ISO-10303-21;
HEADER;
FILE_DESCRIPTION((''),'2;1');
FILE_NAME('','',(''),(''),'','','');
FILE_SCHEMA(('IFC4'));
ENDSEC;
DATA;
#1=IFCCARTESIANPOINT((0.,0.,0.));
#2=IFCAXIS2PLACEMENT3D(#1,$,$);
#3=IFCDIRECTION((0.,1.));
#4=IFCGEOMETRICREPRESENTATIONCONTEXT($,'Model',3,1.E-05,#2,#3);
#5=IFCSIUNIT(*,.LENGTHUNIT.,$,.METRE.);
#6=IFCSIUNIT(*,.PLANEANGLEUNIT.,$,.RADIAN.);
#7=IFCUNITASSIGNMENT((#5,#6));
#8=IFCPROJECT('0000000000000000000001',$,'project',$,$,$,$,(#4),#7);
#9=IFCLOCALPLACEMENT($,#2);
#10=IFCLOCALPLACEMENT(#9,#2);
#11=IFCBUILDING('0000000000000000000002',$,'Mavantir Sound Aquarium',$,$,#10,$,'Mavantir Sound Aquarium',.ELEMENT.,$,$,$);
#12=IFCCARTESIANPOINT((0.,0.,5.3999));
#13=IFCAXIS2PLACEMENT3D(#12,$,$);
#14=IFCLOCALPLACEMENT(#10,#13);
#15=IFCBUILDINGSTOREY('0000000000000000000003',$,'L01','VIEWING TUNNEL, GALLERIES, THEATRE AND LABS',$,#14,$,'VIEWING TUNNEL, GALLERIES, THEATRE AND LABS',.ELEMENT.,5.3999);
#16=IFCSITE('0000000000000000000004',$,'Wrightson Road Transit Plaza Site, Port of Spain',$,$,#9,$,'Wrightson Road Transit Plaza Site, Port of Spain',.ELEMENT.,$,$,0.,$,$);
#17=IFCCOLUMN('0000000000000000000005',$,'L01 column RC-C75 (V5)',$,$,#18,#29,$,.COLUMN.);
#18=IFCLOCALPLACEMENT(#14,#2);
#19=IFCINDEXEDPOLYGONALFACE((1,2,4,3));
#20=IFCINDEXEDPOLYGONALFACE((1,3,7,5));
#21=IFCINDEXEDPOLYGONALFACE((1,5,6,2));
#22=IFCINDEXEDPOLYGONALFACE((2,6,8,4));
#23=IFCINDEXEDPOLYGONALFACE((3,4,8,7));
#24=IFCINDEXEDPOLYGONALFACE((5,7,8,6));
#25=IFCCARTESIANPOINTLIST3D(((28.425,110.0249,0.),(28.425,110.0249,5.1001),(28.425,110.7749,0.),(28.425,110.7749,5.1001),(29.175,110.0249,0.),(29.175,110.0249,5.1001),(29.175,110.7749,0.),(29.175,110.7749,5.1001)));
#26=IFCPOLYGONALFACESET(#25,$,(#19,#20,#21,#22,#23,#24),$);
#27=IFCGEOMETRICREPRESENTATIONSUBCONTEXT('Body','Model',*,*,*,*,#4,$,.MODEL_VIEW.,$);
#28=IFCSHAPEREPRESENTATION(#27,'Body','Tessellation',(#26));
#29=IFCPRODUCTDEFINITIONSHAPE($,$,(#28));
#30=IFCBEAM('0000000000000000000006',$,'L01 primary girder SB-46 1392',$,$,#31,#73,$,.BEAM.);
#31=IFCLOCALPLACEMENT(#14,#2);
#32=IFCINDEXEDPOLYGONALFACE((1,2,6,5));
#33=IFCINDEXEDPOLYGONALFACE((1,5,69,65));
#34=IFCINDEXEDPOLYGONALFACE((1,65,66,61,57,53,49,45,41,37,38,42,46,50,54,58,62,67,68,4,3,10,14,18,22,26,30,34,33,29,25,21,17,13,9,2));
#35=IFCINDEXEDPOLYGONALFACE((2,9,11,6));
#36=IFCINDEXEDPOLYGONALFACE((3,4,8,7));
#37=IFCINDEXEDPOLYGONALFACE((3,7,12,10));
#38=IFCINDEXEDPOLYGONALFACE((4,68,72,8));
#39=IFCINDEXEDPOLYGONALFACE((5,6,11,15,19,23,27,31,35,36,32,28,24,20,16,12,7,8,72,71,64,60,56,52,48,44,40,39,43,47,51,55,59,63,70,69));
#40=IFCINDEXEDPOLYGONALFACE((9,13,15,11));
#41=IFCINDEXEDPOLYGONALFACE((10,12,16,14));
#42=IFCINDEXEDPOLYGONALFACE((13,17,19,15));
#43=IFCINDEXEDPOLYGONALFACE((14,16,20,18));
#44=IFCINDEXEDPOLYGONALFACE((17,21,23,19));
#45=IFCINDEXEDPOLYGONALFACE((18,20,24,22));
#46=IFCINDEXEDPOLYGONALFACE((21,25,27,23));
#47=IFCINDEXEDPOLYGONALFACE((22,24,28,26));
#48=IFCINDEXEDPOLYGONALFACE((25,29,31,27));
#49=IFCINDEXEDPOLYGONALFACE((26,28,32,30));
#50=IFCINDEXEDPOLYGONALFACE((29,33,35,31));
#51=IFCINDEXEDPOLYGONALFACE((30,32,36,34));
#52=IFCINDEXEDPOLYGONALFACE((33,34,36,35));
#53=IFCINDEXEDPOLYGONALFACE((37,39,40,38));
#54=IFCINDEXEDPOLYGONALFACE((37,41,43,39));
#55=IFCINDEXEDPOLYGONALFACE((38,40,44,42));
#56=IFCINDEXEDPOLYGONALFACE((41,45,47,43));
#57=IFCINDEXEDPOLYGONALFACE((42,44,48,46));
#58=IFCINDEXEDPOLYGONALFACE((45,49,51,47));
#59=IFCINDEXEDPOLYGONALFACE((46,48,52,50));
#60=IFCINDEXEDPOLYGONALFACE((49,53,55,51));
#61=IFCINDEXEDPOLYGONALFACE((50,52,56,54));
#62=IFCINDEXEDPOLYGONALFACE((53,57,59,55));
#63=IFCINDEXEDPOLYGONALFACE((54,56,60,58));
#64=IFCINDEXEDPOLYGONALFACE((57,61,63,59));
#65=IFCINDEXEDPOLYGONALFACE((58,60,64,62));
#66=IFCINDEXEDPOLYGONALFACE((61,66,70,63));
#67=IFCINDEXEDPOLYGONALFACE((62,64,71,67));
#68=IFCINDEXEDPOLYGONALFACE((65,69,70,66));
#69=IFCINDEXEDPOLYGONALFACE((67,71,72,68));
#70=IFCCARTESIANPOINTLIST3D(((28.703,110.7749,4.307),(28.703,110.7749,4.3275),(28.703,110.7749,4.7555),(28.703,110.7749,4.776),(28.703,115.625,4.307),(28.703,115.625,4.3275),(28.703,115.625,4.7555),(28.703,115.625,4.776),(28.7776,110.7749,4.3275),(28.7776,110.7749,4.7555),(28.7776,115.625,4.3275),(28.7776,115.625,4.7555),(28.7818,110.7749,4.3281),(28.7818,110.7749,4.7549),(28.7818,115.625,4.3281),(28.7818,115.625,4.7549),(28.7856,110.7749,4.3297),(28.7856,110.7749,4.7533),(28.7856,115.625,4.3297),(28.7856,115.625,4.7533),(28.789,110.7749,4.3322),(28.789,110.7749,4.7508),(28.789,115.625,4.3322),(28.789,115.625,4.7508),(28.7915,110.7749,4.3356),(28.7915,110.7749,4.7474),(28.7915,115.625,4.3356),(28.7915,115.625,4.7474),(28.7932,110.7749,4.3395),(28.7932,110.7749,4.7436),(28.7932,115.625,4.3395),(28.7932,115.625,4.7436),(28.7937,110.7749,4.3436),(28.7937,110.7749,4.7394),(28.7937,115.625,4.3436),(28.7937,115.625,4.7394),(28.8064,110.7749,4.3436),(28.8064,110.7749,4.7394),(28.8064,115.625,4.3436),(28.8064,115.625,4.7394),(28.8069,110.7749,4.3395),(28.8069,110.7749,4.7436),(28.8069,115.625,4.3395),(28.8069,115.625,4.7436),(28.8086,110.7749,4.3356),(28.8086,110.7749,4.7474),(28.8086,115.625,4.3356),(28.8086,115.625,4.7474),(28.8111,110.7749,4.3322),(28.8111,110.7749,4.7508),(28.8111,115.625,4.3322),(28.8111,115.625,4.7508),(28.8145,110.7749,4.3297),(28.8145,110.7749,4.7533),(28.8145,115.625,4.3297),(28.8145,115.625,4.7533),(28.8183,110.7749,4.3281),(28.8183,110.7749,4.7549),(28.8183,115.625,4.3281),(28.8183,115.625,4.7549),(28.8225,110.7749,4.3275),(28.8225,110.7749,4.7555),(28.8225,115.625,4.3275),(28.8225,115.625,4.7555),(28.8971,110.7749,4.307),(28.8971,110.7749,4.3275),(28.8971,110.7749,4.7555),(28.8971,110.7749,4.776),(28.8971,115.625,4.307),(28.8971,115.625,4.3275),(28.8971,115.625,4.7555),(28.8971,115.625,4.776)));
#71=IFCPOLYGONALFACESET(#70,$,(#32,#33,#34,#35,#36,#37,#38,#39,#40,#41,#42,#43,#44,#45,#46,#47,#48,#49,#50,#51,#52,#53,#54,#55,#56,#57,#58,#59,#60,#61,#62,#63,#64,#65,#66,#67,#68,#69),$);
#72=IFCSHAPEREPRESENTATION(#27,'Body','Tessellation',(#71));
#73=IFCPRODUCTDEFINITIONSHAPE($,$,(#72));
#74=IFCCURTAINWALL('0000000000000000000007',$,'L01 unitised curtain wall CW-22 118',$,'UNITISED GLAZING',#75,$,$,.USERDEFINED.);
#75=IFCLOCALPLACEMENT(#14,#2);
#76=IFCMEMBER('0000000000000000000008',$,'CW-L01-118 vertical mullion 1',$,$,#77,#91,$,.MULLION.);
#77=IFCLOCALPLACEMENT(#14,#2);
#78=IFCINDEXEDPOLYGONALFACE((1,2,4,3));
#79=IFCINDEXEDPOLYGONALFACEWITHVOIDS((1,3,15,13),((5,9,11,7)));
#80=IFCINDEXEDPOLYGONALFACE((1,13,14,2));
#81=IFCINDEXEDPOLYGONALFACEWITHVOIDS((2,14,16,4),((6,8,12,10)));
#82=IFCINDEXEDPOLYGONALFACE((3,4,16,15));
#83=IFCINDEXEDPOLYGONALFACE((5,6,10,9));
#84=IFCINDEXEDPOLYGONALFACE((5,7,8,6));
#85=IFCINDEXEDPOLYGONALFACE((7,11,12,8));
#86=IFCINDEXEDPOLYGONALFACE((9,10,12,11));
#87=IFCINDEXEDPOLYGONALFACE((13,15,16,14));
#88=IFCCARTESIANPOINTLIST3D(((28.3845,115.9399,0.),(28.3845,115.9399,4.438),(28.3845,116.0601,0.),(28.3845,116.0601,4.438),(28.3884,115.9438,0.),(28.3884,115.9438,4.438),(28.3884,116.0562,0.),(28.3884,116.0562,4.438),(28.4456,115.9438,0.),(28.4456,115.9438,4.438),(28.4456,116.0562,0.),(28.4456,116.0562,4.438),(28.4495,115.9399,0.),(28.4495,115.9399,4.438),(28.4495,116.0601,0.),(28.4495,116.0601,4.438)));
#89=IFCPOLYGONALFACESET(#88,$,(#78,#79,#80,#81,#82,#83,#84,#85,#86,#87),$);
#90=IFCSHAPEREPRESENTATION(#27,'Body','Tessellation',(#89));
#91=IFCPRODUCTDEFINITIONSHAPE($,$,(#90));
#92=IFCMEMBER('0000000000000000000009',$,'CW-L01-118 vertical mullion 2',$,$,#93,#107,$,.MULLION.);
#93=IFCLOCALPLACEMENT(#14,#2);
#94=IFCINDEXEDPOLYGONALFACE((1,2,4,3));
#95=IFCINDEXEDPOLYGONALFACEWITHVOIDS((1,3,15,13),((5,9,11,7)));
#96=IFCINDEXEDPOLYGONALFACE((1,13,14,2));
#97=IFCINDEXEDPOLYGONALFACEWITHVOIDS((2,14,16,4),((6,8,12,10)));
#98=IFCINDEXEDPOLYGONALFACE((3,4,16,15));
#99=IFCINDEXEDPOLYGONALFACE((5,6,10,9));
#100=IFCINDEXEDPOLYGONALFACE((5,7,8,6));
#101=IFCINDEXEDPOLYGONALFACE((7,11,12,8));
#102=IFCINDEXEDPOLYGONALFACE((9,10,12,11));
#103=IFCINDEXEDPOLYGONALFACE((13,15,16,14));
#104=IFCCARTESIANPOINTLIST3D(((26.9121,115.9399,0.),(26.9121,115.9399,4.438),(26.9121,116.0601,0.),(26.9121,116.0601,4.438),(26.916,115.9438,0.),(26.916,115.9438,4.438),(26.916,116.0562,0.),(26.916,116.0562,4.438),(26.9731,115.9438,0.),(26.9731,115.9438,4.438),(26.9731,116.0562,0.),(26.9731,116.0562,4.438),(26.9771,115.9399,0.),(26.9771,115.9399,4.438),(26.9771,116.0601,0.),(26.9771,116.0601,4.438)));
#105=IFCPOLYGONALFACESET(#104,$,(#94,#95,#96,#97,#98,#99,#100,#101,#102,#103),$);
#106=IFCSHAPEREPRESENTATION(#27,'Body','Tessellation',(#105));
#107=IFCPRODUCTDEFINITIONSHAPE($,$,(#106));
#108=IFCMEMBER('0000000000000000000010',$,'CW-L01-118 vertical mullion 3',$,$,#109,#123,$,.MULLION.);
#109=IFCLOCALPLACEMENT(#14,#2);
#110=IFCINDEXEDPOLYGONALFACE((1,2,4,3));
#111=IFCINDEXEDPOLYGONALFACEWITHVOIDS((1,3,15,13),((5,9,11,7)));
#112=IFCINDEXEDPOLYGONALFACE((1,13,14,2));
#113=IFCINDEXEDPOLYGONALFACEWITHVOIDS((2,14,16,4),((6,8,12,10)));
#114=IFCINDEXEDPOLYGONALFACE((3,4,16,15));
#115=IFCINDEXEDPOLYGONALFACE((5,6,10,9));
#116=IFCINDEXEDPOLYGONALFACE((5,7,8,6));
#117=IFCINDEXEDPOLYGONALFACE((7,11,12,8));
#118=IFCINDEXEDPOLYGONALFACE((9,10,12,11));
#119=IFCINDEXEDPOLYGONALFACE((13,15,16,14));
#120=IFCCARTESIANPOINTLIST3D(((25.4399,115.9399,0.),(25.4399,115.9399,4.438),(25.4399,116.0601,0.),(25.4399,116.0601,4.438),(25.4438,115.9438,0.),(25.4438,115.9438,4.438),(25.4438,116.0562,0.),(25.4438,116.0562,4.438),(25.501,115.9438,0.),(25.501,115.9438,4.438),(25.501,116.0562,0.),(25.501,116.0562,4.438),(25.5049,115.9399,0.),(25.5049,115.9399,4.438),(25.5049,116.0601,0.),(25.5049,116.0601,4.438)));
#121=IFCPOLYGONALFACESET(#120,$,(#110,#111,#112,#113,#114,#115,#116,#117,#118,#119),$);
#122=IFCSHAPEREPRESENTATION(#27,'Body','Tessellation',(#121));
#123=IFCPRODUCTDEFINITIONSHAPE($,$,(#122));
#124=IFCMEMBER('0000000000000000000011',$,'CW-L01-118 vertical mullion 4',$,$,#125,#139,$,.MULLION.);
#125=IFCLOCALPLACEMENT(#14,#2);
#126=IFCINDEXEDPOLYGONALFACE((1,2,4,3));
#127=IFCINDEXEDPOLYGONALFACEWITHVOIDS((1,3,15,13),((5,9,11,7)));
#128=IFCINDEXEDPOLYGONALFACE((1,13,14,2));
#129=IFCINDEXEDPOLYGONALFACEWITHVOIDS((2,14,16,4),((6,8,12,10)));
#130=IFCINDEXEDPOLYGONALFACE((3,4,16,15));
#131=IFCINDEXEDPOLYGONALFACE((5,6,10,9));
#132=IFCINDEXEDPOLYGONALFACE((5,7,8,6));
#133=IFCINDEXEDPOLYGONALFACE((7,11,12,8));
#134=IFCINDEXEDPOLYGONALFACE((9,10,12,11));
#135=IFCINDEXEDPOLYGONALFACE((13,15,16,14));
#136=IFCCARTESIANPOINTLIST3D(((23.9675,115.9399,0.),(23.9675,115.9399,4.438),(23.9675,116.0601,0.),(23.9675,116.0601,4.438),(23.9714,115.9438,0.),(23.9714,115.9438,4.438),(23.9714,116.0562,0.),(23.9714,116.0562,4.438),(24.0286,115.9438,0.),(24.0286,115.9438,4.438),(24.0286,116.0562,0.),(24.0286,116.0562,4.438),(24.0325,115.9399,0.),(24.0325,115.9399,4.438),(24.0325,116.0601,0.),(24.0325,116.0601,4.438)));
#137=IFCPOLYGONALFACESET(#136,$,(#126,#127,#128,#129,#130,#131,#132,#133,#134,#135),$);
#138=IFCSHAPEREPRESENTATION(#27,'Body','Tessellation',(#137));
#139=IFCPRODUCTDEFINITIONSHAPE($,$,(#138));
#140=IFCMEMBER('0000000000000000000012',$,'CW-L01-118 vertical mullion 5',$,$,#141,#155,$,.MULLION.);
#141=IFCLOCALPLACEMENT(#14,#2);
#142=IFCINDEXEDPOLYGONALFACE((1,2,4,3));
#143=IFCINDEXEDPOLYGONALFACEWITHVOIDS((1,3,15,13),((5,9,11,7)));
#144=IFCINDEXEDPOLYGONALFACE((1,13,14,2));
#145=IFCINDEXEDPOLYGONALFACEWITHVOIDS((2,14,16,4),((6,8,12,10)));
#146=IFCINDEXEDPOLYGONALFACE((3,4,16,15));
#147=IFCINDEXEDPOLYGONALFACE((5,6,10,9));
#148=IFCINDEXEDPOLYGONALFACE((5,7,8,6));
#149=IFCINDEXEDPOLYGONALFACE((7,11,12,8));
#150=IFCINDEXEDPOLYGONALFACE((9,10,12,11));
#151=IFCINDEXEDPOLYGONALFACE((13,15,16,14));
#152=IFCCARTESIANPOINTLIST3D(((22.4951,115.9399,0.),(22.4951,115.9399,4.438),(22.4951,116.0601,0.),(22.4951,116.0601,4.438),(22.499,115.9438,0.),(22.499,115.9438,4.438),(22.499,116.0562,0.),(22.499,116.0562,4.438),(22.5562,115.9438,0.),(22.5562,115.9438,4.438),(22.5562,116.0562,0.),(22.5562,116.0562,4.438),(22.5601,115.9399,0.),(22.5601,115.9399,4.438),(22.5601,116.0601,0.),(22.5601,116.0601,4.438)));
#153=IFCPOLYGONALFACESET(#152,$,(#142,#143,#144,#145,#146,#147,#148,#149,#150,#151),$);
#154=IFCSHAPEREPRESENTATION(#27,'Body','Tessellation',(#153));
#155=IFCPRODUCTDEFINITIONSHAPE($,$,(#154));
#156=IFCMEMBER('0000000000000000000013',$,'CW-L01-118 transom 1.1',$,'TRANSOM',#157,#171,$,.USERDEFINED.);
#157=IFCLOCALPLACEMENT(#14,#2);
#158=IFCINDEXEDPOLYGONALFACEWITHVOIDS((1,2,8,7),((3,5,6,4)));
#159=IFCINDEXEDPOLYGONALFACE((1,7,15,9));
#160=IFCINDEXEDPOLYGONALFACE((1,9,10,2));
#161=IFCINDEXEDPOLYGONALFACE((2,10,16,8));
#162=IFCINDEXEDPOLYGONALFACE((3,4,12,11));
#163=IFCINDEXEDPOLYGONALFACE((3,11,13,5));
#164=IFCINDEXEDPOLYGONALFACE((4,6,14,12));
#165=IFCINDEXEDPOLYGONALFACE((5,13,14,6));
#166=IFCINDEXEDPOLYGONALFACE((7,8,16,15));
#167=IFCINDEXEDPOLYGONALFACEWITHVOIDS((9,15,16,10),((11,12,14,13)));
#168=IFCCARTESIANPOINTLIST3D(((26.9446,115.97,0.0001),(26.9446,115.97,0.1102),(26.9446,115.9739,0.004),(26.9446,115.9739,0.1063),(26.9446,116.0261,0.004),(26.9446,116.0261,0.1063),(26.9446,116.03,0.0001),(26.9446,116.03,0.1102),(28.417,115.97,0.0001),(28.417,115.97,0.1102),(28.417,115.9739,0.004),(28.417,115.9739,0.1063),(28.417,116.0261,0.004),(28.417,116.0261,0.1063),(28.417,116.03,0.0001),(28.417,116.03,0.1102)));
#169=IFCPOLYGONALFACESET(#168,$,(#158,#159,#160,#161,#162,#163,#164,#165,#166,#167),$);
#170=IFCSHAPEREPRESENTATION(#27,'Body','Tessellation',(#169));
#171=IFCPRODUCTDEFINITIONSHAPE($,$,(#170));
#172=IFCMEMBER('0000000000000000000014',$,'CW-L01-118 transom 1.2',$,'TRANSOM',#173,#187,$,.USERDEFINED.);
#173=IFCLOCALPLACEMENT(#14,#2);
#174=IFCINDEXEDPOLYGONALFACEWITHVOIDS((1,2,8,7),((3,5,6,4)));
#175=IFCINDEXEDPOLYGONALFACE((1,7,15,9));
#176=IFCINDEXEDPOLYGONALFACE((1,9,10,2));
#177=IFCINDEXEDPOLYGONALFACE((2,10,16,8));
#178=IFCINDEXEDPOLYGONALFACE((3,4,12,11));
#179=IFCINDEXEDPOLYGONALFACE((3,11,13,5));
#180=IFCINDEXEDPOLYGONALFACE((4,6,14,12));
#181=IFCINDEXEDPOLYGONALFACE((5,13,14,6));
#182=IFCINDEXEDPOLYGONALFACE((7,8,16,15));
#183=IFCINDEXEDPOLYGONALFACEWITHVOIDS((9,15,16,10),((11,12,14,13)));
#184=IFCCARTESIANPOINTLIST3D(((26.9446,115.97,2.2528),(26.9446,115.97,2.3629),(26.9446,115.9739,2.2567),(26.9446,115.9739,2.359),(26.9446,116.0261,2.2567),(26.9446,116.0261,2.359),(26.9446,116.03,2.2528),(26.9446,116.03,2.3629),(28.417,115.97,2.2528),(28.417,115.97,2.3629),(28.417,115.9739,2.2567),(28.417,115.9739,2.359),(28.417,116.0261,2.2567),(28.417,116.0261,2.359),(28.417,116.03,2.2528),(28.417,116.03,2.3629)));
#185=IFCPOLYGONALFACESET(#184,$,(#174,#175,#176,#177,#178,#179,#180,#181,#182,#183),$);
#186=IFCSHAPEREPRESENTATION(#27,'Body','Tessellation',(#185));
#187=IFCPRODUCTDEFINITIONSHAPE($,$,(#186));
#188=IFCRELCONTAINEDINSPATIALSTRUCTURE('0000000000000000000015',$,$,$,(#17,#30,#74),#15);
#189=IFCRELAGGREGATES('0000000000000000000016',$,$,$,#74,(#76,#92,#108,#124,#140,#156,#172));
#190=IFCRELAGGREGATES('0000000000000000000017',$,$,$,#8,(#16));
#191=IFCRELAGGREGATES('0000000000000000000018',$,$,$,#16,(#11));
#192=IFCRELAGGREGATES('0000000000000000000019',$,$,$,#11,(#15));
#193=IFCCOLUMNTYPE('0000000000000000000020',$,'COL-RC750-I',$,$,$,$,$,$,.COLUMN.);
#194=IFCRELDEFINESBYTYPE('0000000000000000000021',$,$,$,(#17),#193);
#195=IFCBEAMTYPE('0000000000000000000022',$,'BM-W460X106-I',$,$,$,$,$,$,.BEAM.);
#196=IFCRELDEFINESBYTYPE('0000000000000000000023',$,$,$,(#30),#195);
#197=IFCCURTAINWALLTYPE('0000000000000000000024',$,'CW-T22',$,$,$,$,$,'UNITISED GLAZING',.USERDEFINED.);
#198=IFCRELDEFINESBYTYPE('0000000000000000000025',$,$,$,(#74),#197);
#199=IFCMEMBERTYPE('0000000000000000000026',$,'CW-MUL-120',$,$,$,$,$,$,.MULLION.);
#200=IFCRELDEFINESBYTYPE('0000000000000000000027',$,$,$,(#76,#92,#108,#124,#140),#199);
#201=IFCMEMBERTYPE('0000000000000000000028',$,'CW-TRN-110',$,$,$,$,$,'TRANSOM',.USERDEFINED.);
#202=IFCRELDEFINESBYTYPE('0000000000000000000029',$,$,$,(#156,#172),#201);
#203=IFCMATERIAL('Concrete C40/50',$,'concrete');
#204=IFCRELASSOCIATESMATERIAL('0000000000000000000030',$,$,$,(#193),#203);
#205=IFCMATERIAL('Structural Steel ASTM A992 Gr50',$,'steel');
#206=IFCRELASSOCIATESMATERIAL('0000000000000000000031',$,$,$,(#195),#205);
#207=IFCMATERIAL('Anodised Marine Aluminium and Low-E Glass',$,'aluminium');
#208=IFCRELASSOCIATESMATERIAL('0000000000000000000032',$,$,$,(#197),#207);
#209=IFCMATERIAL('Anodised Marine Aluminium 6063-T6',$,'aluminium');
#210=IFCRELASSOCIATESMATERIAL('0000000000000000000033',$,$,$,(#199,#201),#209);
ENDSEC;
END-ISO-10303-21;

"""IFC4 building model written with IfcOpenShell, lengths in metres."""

from ifc_helpers import new_model, si_unit, direction, frame, origin, origin_2d, place, context, subcontext, project, spatial, rectangle, hollow_rectangle, i_section, extrude, material, material_profile, profile_set, type_object, element, aggregate, save


model = new_model("IFC4")

# Units and contexts
model_context = context("Model", 3, precision=1e-05, world=origin(), true_north=direction((0.0, 1.0)))
body_context = subcontext(model_context, "Body", "Model", "MODEL_VIEW")
ifc_project = project(units=[si_unit("LENGTHUNIT", "METRE"), si_unit("PLANEANGLEUNIT", "RADIAN")], contexts=[model_context])

# Site, building, storey
site_placement = place(None, origin())
site = spatial("IfcSite", under=ifc_project, at=site_placement, Name="Wrightson Road Transit Plaza Site, Port of Spain", LongName="Wrightson Road Transit Plaza Site, Port of Spain", CompositionType="ELEMENT", RefElevation=0.0)
building_placement = place(site_placement, origin())
building = spatial("IfcBuilding", under=site, at=building_placement, Name="Mavantir Sound Aquarium", LongName="Mavantir Sound Aquarium", CompositionType="ELEMENT")
storey_placement = place(building_placement, frame((0.0, 0.0, 5.3999)))
storey = spatial("IfcBuildingStorey", under=building, at=storey_placement, Name="L01", Description="VIEWING TUNNEL, GALLERIES, THEATRE AND LABS", LongName="VIEWING TUNNEL, GALLERIES, THEATRE AND LABS", CompositionType="ELEMENT", Elevation=5.3999)

# Column
ifc_material_1 = material(Name="Concrete C40/50", Category="concrete")
ifc_material_profile_1 = material_profile(ifc_material_1, rectangle(XDim=0.75, YDim=0.75, at=origin_2d()), Name="RC 750X750")
ifc_profile_set_1 = profile_set([ifc_material_profile_1], Name="Concrete C40/50")
column_type = type_object("IfcColumnType", Name="COL-RC750-I", PredefinedType="COLUMN", material=ifc_profile_set_1)
column_placement = place(storey_placement, frame((28.8, 110.3999, 0.0), z_axis=(0.0, 0.0, 1.0), x_axis=(1.0, 0.0, 0.0)))
element("IfcColumn", 1, at=column_placement, inside=storey, type_object=column_type, Name="L01 column RC-C75 (V5)", PredefinedType="COLUMN", context=body_context, shape_type="SweptSolid", body=[
    extrude(rectangle(XDim=0.75, YDim=0.75, at=origin_2d()), origin(), (0.0, 0.0, 1.0), 5.1001),
])

# Beam
ifc_material_2 = material(Name="Structural Steel ASTM A992 Gr50", Category="steel")
ifc_material_profile_2 = material_profile(ifc_material_2, i_section(OverallWidth=0.1941, OverallDepth=0.469, WebThickness=0.0127, FlangeThickness=0.0205, FilletRadius=0.0161, at=origin_2d()), Name="W460X106")
ifc_profile_set_2 = profile_set([ifc_material_profile_2], Name="Structural Steel ASTM A992 Gr50")
beam_type = type_object("IfcBeamType", Name="BM-W460X106-I", PredefinedType="BEAM", material=ifc_profile_set_2)
beam_placement = place(storey_placement, frame((28.8, 110.7749, 4.5415), z_axis=(0.0, 1.0, 0.0), x_axis=(-1.0, 0.0, 0.0)))
element("IfcBeam", 2, at=beam_placement, inside=storey, type_object=beam_type, Name="L01 primary girder SB-46 1392", PredefinedType="BEAM", context=body_context, shape_type="SweptSolid", body=[
    extrude(i_section(OverallWidth=0.1941, OverallDepth=0.469, WebThickness=0.0127, FlangeThickness=0.0205, FilletRadius=0.0161, at=origin_2d()), origin(), (0.0, 0.0, 1.0), 4.8501),
])

# Curtain wall, members
ifc_material_3 = material(Name="Anodised Marine Aluminium and Low-E Glass", Category="aluminium")
curtain_wall_type = type_object("IfcCurtainWallType", Name="CW-T22", ElementType="UNITISED GLAZING", PredefinedType="USERDEFINED", material=ifc_material_3)
curtain_wall_placement = place(storey_placement, origin())
curtain_wall = element("IfcCurtainWall", 3, at=curtain_wall_placement, inside=storey, type_object=curtain_wall_type, Name="L01 unitised curtain wall CW-22 118", ObjectType="UNITISED GLAZING", PredefinedType="USERDEFINED")
ifc_material_4 = material(Name="Anodised Marine Aluminium 6063-T6", Category="aluminium")
ifc_material_profile_3 = material_profile(ifc_material_4, hollow_rectangle(XDim=0.0649, YDim=0.1201, WallThickness=0.0039, at=origin_2d()), Name="ALU-MULLION-120X65")
ifc_profile_set_3 = profile_set([ifc_material_profile_3], Name="Anodised Marine Aluminium 6063-T6")
member_type_1 = type_object("IfcMemberType", Name="CW-MUL-120", PredefinedType="MULLION", material=ifc_profile_set_3)
member_1_placement = place(storey_placement, frame((28.417, 116.0, 0.0), z_axis=(0.0, 0.0, 1.0), x_axis=(1.0, 0.0, 0.0)))
member_1 = element("IfcMember", 4, at=member_1_placement, type_object=member_type_1, Name="CW-L01-118 vertical mullion 1", PredefinedType="MULLION", context=body_context, shape_type="SweptSolid", body=[
    extrude(hollow_rectangle(XDim=0.0649, YDim=0.1201, WallThickness=0.0039, at=origin_2d()), origin(), (0.0, 0.0, 1.0), 4.438),
])
member_2_placement = place(storey_placement, frame((26.9446, 116.0, 0.0), z_axis=(0.0, 0.0, 1.0), x_axis=(1.0, 0.0, 0.0)))
member_2 = element("IfcMember", 5, at=member_2_placement, type_object=member_type_1, Name="CW-L01-118 vertical mullion 2", PredefinedType="MULLION", context=body_context, shape_type="SweptSolid", body=[
    extrude(hollow_rectangle(XDim=0.0649, YDim=0.1201, WallThickness=0.0039, at=origin_2d()), origin(), (0.0, 0.0, 1.0), 4.438),
])
member_3_placement = place(storey_placement, frame((25.4724, 116.0, 0.0), z_axis=(0.0, 0.0, 1.0), x_axis=(1.0, 0.0, 0.0)))
member_3 = element("IfcMember", 6, at=member_3_placement, type_object=member_type_1, Name="CW-L01-118 vertical mullion 3", PredefinedType="MULLION", context=body_context, shape_type="SweptSolid", body=[
    extrude(hollow_rectangle(XDim=0.0649, YDim=0.1201, WallThickness=0.0039, at=origin_2d()), origin(), (0.0, 0.0, 1.0), 4.438),
])
member_4_placement = place(storey_placement, frame((24.0, 116.0, 0.0), z_axis=(0.0, 0.0, 1.0), x_axis=(1.0, 0.0, 0.0)))
member_4 = element("IfcMember", 7, at=member_4_placement, type_object=member_type_1, Name="CW-L01-118 vertical mullion 4", PredefinedType="MULLION", context=body_context, shape_type="SweptSolid", body=[
    extrude(hollow_rectangle(XDim=0.0649, YDim=0.1201, WallThickness=0.0039, at=origin_2d()), origin(), (0.0, 0.0, 1.0), 4.438),
])
member_5_placement = place(storey_placement, frame((22.5276, 116.0, 0.0), z_axis=(0.0, 0.0, 1.0), x_axis=(1.0, 0.0, 0.0)))
member_5 = element("IfcMember", 8, at=member_5_placement, type_object=member_type_1, Name="CW-L01-118 vertical mullion 5", PredefinedType="MULLION", context=body_context, shape_type="SweptSolid", body=[
    extrude(hollow_rectangle(XDim=0.0649, YDim=0.1201, WallThickness=0.0039, at=origin_2d()), origin(), (0.0, 0.0, 1.0), 4.438),
])
ifc_material_profile_4 = material_profile(ifc_material_4, hollow_rectangle(XDim=0.0601, YDim=0.1101, WallThickness=0.0039, at=origin_2d()), Name="ALU-TRANSOM-110X60")
ifc_profile_set_4 = profile_set([ifc_material_profile_4], Name="Anodised Marine Aluminium 6063-T6")
member_type_2 = type_object("IfcMemberType", Name="CW-TRN-110", ElementType="TRANSOM", PredefinedType="USERDEFINED", material=ifc_profile_set_4)
member_6_placement = place(storey_placement, frame((28.417, 116.0, 0.0552), z_axis=(-1.0, 0.0, 0.0), x_axis=(0.0, -1.0, 0.0)))
member_6 = element("IfcMember", 9, at=member_6_placement, type_object=member_type_2, Name="CW-L01-118 transom 1.1", ObjectType="TRANSOM", PredefinedType="USERDEFINED", context=body_context, shape_type="SweptSolid", body=[
    extrude(hollow_rectangle(XDim=0.0601, YDim=0.1101, WallThickness=0.0039, at=origin_2d()), origin(), (0.0, 0.0, 1.0), 1.4724),
])
member_7_placement = place(storey_placement, frame((28.417, 116.0, 2.3079), z_axis=(-1.0, 0.0, 0.0), x_axis=(0.0, -1.0, 0.0)))
member_7 = element("IfcMember", 10, at=member_7_placement, type_object=member_type_2, Name="CW-L01-118 transom 1.2", ObjectType="TRANSOM", PredefinedType="USERDEFINED", context=body_context, shape_type="SweptSolid", body=[
    extrude(hollow_rectangle(XDim=0.0601, YDim=0.1101, WallThickness=0.0039, at=origin_2d()), origin(), (0.0, 0.0, 1.0), 1.4724),
])
aggregate(curtain_wall, [member_1, member_2, member_3, member_4, member_5, member_6, member_7])

save(model, "model.ifc")
